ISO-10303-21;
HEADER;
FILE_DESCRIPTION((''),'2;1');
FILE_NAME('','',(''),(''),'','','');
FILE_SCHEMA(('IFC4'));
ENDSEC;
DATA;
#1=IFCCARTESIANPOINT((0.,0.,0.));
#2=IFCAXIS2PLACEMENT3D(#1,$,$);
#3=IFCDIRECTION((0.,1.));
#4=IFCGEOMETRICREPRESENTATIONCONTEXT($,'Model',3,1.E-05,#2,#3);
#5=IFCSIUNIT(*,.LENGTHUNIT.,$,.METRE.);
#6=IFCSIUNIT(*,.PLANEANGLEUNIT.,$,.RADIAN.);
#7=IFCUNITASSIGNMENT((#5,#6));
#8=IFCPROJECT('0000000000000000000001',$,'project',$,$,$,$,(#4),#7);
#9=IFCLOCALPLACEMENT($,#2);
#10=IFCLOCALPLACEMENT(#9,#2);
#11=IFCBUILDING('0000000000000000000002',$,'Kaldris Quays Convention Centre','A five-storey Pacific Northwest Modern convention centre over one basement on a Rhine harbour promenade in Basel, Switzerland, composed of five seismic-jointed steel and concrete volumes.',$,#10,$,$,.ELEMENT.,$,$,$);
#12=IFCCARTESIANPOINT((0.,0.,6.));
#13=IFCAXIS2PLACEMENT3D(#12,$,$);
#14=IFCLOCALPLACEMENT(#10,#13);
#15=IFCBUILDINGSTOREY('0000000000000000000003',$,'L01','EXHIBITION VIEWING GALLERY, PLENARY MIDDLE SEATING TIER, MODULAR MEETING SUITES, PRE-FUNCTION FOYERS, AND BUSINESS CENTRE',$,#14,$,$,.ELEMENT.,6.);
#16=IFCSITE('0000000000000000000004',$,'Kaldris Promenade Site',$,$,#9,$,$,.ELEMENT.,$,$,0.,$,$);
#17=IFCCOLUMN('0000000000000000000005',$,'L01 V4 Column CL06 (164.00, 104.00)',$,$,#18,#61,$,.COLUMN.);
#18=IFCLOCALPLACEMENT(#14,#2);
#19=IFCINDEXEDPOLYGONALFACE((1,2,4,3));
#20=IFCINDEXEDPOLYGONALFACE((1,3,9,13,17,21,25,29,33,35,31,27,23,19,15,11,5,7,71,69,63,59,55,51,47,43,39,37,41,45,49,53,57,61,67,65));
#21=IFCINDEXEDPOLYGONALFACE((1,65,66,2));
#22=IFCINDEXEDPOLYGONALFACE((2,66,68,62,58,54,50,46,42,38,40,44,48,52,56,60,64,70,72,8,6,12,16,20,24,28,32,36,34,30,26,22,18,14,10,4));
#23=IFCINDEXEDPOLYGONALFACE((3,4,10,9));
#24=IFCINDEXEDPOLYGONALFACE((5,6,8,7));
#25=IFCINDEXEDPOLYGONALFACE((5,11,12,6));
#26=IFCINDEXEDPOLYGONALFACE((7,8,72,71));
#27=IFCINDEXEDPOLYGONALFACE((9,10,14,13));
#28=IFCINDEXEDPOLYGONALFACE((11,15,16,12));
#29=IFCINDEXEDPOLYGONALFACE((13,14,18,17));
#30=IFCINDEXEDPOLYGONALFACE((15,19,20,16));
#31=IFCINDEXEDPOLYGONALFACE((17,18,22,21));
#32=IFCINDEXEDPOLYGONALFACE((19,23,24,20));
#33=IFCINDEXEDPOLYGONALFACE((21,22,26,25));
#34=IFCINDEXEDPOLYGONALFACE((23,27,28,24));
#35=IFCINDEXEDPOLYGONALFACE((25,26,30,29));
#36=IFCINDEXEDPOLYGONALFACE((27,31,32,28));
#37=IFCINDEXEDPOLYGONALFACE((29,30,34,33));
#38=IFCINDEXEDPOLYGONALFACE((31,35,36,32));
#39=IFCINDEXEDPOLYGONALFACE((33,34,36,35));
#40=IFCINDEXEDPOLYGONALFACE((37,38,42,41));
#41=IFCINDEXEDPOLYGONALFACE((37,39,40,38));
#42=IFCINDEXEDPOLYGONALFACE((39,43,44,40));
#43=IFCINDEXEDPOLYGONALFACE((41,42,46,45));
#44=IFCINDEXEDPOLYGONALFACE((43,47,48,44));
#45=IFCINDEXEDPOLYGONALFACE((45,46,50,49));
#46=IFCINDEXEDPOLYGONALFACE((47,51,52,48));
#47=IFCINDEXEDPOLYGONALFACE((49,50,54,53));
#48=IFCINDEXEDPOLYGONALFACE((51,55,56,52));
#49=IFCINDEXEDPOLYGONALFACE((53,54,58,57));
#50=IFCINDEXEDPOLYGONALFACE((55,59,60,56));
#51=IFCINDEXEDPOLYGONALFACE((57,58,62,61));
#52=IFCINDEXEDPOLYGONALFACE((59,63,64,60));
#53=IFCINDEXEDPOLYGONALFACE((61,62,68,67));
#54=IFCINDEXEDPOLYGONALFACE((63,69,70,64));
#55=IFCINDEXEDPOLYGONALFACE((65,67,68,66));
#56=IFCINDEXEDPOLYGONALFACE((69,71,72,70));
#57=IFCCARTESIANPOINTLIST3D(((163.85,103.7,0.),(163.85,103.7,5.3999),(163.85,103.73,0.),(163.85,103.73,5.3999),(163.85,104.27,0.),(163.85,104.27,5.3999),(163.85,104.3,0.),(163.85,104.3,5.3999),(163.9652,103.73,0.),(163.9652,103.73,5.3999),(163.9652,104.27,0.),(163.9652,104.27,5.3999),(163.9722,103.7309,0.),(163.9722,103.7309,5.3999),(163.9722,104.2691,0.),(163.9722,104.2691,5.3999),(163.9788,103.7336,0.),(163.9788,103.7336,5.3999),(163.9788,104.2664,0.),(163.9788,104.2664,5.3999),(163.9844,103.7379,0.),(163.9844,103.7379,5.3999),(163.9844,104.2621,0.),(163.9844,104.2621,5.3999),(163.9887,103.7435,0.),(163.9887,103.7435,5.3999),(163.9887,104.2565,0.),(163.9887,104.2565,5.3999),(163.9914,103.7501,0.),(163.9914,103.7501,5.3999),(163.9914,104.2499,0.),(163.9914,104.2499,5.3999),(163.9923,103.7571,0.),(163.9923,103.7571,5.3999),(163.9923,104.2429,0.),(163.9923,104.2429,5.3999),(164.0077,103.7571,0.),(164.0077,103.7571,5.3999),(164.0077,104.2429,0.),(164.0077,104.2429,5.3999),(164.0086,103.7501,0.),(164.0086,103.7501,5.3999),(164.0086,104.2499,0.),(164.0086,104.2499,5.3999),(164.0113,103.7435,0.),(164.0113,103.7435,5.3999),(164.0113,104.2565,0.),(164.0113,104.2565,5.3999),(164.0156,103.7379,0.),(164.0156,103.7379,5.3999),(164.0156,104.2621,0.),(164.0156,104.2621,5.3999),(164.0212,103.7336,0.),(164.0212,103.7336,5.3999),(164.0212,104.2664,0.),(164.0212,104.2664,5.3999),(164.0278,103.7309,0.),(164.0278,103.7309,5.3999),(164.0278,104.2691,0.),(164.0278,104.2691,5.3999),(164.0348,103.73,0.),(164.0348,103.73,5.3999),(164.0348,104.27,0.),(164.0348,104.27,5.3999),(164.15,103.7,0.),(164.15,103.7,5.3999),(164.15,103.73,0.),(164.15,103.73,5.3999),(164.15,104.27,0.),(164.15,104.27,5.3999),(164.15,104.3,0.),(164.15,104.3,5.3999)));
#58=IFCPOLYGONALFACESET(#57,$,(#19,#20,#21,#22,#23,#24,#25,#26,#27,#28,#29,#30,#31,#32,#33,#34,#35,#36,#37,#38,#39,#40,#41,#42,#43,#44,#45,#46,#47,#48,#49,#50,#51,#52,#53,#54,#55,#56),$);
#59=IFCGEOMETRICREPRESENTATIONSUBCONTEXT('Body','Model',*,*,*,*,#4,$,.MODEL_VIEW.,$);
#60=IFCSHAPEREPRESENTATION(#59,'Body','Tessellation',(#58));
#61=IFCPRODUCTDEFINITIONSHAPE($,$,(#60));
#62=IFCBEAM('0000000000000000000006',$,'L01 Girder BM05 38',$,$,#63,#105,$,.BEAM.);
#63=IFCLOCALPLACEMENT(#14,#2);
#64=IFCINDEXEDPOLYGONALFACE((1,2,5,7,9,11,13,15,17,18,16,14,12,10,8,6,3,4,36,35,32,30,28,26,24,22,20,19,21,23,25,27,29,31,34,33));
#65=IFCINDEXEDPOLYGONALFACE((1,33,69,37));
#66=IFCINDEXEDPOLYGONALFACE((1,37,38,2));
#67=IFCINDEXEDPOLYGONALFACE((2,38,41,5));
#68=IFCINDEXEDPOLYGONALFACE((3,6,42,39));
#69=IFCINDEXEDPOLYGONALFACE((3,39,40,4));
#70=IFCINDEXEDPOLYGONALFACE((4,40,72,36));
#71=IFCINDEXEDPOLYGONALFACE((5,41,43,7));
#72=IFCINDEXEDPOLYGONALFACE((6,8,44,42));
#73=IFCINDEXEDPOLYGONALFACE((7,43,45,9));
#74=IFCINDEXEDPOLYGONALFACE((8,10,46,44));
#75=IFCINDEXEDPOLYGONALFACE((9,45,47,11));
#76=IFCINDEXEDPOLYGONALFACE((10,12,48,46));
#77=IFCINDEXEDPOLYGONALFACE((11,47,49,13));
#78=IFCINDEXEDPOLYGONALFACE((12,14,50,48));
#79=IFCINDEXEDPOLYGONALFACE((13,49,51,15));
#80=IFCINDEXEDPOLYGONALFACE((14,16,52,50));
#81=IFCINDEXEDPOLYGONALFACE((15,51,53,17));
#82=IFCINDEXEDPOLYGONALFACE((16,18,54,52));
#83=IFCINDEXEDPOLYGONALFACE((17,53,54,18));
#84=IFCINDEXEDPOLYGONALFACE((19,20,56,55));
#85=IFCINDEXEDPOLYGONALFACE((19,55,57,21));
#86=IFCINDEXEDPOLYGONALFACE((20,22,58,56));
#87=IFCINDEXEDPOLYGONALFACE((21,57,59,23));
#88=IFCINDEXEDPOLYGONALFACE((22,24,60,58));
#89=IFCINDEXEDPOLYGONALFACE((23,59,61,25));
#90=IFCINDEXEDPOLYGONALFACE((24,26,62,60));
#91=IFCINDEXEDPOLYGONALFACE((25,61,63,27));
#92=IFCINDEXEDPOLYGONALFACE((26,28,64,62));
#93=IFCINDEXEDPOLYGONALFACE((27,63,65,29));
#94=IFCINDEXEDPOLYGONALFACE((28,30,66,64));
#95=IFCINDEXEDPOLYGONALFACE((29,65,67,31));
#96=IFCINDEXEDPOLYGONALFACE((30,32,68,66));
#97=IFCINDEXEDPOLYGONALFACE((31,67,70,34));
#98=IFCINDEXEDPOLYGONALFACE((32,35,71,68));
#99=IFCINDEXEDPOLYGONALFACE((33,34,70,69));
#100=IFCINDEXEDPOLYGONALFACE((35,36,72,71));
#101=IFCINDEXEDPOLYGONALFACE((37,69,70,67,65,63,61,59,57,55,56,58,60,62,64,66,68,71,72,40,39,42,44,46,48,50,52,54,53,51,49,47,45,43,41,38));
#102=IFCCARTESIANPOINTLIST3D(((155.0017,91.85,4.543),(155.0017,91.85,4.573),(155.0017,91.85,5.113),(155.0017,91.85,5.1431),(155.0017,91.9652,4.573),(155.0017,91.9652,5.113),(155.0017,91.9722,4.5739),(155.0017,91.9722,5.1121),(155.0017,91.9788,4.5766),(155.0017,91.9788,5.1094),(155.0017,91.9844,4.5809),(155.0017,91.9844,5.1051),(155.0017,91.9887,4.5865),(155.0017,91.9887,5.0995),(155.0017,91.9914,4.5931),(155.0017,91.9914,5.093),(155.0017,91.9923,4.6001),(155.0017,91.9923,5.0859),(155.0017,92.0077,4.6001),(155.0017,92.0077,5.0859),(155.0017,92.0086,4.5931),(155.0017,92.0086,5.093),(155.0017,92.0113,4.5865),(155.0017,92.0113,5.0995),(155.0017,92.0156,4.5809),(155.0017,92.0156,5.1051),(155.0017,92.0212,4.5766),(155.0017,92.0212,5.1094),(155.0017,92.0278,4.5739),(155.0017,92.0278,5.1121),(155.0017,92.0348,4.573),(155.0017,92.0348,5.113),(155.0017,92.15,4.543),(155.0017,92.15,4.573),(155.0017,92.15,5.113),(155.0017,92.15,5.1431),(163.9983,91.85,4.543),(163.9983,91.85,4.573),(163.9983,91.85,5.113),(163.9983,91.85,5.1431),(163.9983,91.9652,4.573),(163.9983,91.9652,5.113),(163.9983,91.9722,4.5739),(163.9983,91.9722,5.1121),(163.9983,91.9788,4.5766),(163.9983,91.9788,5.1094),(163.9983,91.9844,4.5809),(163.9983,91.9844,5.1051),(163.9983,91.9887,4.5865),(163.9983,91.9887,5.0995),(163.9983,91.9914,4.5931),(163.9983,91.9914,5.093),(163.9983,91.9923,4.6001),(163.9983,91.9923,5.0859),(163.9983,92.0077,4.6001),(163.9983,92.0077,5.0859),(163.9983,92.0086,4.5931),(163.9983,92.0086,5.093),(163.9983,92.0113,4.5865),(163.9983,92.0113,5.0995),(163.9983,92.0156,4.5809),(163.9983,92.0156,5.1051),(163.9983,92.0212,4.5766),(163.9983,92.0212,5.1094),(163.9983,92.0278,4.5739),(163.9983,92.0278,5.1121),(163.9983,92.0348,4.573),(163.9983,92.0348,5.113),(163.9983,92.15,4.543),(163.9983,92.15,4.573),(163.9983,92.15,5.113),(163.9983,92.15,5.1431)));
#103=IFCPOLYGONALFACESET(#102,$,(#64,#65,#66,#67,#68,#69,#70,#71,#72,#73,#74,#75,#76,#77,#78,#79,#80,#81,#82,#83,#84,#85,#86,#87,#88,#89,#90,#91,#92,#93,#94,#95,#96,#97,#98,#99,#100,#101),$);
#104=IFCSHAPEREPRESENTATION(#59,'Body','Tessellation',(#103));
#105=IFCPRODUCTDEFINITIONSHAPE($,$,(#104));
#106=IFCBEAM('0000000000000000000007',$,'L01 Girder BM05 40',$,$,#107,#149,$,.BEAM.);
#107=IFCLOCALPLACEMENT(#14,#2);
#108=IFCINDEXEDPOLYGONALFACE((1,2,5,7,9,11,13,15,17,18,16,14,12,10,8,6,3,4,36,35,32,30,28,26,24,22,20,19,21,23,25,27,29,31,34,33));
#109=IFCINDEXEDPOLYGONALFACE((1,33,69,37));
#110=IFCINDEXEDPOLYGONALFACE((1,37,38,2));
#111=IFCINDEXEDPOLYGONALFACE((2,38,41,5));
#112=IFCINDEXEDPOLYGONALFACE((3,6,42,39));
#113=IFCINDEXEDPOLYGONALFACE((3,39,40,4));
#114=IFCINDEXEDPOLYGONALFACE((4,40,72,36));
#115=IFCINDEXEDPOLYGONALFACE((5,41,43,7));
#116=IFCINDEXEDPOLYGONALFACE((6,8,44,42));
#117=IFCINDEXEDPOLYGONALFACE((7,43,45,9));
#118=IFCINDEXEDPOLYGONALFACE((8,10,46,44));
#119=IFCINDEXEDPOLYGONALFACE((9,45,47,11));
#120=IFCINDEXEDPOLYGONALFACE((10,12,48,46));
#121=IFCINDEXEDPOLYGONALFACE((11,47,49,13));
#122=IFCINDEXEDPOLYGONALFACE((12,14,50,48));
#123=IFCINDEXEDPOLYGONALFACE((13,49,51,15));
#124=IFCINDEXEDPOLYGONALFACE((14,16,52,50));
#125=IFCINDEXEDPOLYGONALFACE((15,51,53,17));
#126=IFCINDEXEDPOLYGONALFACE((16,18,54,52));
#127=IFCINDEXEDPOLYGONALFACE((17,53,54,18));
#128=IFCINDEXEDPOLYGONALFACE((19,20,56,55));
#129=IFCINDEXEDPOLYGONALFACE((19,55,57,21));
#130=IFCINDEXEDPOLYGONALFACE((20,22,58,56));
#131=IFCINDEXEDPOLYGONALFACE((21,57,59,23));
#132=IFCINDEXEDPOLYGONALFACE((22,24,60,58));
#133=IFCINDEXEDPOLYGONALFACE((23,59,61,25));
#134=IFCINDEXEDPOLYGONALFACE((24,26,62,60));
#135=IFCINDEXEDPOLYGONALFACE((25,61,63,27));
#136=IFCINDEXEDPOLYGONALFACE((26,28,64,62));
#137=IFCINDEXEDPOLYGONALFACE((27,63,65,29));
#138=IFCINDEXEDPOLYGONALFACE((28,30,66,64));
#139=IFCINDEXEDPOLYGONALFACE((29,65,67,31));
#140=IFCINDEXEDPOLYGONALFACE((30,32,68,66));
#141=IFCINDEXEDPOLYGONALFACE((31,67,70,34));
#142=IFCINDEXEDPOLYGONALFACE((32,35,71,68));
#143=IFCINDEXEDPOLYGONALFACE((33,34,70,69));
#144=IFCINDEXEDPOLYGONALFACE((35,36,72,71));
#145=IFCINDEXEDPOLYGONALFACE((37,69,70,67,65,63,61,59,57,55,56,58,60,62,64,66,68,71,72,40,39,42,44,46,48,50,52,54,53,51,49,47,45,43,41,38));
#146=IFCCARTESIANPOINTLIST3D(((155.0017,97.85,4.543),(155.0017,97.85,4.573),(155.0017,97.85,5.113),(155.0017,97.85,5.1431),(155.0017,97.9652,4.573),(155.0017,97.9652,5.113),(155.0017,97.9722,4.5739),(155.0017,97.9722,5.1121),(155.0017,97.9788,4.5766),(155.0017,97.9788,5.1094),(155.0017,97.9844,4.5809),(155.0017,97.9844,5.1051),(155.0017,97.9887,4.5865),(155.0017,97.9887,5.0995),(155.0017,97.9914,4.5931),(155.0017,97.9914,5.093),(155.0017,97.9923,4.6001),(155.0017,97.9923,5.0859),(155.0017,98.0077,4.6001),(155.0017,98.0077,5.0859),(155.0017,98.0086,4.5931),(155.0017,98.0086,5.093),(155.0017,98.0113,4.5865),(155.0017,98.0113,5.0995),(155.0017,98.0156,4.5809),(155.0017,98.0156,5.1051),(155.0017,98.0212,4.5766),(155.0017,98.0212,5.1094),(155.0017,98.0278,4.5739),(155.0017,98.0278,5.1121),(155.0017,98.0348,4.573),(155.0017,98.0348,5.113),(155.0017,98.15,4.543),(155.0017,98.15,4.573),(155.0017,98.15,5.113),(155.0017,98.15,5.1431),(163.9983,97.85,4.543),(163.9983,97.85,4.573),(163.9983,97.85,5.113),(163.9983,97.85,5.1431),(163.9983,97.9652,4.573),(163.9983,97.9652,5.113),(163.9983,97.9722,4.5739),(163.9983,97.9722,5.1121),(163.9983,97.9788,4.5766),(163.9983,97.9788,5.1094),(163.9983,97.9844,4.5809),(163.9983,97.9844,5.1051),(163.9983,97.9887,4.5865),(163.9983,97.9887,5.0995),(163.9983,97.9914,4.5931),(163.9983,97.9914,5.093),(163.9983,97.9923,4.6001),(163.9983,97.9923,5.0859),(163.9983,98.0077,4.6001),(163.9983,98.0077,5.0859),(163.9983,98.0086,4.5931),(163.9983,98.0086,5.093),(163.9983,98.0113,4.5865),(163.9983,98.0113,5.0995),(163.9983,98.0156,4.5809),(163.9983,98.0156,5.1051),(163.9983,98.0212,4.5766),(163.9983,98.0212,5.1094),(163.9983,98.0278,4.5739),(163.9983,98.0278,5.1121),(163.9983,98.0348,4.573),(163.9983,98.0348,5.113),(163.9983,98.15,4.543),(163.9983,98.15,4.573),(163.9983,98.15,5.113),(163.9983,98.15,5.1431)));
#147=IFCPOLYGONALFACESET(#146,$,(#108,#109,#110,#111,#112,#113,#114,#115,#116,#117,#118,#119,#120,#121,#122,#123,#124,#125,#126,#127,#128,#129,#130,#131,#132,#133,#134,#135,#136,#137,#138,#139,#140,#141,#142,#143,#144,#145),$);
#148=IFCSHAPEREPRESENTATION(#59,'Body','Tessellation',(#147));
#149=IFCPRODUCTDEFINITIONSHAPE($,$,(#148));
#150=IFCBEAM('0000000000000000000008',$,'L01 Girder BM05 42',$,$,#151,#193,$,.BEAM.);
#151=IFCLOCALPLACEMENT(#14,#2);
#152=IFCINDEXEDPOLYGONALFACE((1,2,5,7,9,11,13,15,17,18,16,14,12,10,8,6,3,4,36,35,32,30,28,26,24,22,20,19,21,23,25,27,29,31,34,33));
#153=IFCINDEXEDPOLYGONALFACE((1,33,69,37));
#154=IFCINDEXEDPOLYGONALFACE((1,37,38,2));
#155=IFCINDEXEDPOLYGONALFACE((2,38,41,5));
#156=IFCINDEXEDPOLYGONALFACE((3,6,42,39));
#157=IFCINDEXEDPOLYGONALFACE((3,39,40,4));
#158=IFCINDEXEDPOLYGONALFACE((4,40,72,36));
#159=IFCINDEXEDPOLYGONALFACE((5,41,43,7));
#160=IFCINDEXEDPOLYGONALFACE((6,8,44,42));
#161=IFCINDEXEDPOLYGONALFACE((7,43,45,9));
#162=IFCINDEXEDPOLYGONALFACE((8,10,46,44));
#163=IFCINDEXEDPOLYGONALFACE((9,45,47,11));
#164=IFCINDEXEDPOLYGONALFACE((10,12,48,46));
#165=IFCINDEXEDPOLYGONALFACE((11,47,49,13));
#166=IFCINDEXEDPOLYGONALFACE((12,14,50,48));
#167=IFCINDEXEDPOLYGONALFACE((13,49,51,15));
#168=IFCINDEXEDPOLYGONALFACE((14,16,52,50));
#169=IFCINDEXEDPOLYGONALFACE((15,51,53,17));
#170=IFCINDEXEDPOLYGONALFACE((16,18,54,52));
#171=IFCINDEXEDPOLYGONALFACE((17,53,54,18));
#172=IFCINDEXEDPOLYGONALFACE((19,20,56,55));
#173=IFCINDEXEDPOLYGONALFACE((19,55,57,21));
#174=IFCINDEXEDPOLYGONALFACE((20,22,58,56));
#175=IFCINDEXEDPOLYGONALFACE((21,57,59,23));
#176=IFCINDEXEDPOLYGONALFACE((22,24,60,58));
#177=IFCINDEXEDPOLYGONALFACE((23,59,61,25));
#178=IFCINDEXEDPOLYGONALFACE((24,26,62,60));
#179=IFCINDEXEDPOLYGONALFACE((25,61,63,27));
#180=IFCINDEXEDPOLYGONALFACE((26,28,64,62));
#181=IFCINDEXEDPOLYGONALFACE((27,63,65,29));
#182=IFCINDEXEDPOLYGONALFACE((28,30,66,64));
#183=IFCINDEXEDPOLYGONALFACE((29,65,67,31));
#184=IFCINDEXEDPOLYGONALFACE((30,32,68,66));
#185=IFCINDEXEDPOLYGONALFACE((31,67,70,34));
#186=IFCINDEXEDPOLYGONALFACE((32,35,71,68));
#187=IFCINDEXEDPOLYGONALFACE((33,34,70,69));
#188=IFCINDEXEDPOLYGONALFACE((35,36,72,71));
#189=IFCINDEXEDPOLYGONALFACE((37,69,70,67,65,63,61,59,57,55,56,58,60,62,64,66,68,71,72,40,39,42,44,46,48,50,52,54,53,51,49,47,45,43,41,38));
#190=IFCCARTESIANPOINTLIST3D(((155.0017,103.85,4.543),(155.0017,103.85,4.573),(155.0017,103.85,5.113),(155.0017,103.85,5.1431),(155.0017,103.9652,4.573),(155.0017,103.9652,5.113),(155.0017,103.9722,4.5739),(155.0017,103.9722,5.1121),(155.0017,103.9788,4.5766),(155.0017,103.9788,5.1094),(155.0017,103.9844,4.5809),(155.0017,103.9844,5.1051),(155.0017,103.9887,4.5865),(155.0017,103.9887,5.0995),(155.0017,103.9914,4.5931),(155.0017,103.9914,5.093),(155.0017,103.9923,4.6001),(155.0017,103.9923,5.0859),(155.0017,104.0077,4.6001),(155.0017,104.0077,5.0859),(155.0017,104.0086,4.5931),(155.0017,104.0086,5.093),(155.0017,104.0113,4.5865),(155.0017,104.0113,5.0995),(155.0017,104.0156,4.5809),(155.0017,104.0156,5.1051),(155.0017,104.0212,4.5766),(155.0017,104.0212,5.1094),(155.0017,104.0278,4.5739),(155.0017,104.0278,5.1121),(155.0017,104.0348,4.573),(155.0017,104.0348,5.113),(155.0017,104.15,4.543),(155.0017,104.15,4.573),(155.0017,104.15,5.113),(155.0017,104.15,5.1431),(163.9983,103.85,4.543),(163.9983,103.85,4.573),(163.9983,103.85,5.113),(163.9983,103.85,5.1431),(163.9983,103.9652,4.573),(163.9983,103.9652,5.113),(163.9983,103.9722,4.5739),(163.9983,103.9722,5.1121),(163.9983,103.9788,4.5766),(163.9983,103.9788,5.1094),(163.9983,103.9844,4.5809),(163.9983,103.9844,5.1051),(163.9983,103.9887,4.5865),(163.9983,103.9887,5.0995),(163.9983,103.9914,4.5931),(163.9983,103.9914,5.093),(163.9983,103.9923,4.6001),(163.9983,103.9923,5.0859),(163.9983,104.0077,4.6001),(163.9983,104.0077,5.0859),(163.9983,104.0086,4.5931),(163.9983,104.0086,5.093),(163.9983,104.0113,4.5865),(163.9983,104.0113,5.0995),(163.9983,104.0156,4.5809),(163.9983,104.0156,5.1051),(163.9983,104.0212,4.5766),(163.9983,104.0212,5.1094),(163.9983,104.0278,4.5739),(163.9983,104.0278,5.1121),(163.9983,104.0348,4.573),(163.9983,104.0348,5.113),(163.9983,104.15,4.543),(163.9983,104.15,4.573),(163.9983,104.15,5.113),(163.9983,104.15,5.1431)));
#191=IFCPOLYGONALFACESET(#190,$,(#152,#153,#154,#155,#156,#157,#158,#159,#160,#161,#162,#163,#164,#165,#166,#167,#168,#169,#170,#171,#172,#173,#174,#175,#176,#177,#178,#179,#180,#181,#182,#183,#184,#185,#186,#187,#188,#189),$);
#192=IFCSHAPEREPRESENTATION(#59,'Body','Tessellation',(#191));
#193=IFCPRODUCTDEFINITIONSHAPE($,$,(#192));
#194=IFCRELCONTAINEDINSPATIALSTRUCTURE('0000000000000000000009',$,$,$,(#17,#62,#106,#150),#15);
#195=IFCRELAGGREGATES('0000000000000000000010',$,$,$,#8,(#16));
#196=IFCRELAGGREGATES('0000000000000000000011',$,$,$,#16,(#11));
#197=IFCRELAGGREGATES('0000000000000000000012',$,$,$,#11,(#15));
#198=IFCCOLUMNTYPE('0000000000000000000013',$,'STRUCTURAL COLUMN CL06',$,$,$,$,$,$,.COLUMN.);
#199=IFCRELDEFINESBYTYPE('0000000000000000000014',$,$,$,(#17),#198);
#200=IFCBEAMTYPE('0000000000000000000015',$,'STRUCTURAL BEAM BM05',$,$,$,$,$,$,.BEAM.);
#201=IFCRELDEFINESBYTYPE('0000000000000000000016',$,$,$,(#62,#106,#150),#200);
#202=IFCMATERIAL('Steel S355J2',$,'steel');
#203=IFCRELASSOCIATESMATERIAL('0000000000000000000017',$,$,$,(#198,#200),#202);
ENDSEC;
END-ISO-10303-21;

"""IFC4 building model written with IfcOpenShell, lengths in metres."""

from ifc_helpers import new_model, si_unit, direction, frame, origin, origin_2d, place, context, subcontext, project, spatial, i_section, extrude, material, material_profile, profile_set, type_object, element, save


model = new_model("IFC4")

# Units and contexts
model_context = context("Model", 3, precision=1e-05, world=origin(), true_north=direction((0.0, 1.0)))
body_context = subcontext(model_context, "Body", "Model", "MODEL_VIEW")
ifc_project = project(units=[si_unit("LENGTHUNIT", "METRE"), si_unit("PLANEANGLEUNIT", "RADIAN")], contexts=[model_context])

# Site, building, storey
site_placement = place(None, origin())
site = spatial("IfcSite", under=ifc_project, at=site_placement, Name="Kaldris Promenade Site", CompositionType="ELEMENT", RefElevation=0.0)
building_placement = place(site_placement, origin())
building = spatial("IfcBuilding", under=site, at=building_placement, Name="Kaldris Quays Convention Centre", Description="A five-storey Pacific Northwest Modern convention centre over one basement on a Rhine harbour promenade in Basel, Switzerland, composed of five seismic-jointed steel and concrete volumes.", CompositionType="ELEMENT")
storey_placement = place(building_placement, frame((0.0, 0.0, 6.0)))
storey = spatial("IfcBuildingStorey", under=building, at=storey_placement, Name="L01", Description="EXHIBITION VIEWING GALLERY, PLENARY MIDDLE SEATING TIER, MODULAR MEETING SUITES, PRE-FUNCTION FOYERS, AND BUSINESS CENTRE", CompositionType="ELEMENT", Elevation=6.0)

# Column
ifc_material_1 = material(Name="Steel S355J2", Category="steel")
ifc_material_profile_1 = material_profile(ifc_material_1, i_section(OverallWidth=0.3, OverallDepth=0.6001, WebThickness=0.0154, FlangeThickness=0.03, FilletRadius=0.0271, at=origin_2d()), Name="HEB 600")
ifc_profile_set_1 = profile_set([ifc_material_profile_1], Name="Steel S355J2")
column_type_1 = type_object("IfcColumnType", Name="STRUCTURAL COLUMN CL06", PredefinedType="COLUMN", material=ifc_profile_set_1)
for number, where, z_axis, x_axis, name in (
    (1, (164.0, 104.0, 0.0), (0.0, 0.0, 1.0), (1.0, 0.0, 0.0), "L01 V4 Column CL06 (164.00, 104.00)"),
):
    element("IfcColumn", number, at=place(storey_placement, frame(where, z_axis=z_axis, x_axis=x_axis)), inside=storey, type_object=column_type_1, Name=name, PredefinedType="COLUMN", context=body_context, shape_type="SweptSolid", body=[
        extrude(i_section(OverallWidth=0.3, OverallDepth=0.6001, WebThickness=0.0154, FlangeThickness=0.03, FilletRadius=0.0271, at=origin_2d()), origin(), (0.0, 0.0, 1.0), 5.3999),
    ])

# Beams
ifc_material_profile_2 = material_profile(ifc_material_1, i_section(OverallWidth=0.3, OverallDepth=0.6001, WebThickness=0.0154, FlangeThickness=0.03, FilletRadius=0.0271, at=origin_2d()), Name="HEB 600")
ifc_profile_set_2 = profile_set([ifc_material_profile_2], Name="Steel S355J2")
beam_type_1 = type_object("IfcBeamType", Name="STRUCTURAL BEAM BM05", PredefinedType="BEAM", material=ifc_profile_set_2)
for number, where, z_axis, x_axis, name in (
    (2, (155.0017, 92.0, 4.843), (1.0, 0.0, 0.0), (0.0, 1.0, 0.0), "L01 Girder BM05 38"),
    (3, (155.0017, 98.0, 4.843), (1.0, 0.0, 0.0), (0.0, 1.0, 0.0), "L01 Girder BM05 40"),
    (4, (155.0017, 104.0, 4.843), (1.0, 0.0, 0.0), (0.0, 1.0, 0.0), "L01 Girder BM05 42"),
):
    element("IfcBeam", number, at=place(storey_placement, frame(where, z_axis=z_axis, x_axis=x_axis)), inside=storey, type_object=beam_type_1, Name=name, PredefinedType="BEAM", context=body_context, shape_type="SweptSolid", body=[
        extrude(i_section(OverallWidth=0.3, OverallDepth=0.6001, WebThickness=0.0154, FlangeThickness=0.03, FilletRadius=0.0271, at=origin_2d()), origin(), (0.0, 0.0, 1.0), 8.9966),
    ])

save(model, "model.ifc")
